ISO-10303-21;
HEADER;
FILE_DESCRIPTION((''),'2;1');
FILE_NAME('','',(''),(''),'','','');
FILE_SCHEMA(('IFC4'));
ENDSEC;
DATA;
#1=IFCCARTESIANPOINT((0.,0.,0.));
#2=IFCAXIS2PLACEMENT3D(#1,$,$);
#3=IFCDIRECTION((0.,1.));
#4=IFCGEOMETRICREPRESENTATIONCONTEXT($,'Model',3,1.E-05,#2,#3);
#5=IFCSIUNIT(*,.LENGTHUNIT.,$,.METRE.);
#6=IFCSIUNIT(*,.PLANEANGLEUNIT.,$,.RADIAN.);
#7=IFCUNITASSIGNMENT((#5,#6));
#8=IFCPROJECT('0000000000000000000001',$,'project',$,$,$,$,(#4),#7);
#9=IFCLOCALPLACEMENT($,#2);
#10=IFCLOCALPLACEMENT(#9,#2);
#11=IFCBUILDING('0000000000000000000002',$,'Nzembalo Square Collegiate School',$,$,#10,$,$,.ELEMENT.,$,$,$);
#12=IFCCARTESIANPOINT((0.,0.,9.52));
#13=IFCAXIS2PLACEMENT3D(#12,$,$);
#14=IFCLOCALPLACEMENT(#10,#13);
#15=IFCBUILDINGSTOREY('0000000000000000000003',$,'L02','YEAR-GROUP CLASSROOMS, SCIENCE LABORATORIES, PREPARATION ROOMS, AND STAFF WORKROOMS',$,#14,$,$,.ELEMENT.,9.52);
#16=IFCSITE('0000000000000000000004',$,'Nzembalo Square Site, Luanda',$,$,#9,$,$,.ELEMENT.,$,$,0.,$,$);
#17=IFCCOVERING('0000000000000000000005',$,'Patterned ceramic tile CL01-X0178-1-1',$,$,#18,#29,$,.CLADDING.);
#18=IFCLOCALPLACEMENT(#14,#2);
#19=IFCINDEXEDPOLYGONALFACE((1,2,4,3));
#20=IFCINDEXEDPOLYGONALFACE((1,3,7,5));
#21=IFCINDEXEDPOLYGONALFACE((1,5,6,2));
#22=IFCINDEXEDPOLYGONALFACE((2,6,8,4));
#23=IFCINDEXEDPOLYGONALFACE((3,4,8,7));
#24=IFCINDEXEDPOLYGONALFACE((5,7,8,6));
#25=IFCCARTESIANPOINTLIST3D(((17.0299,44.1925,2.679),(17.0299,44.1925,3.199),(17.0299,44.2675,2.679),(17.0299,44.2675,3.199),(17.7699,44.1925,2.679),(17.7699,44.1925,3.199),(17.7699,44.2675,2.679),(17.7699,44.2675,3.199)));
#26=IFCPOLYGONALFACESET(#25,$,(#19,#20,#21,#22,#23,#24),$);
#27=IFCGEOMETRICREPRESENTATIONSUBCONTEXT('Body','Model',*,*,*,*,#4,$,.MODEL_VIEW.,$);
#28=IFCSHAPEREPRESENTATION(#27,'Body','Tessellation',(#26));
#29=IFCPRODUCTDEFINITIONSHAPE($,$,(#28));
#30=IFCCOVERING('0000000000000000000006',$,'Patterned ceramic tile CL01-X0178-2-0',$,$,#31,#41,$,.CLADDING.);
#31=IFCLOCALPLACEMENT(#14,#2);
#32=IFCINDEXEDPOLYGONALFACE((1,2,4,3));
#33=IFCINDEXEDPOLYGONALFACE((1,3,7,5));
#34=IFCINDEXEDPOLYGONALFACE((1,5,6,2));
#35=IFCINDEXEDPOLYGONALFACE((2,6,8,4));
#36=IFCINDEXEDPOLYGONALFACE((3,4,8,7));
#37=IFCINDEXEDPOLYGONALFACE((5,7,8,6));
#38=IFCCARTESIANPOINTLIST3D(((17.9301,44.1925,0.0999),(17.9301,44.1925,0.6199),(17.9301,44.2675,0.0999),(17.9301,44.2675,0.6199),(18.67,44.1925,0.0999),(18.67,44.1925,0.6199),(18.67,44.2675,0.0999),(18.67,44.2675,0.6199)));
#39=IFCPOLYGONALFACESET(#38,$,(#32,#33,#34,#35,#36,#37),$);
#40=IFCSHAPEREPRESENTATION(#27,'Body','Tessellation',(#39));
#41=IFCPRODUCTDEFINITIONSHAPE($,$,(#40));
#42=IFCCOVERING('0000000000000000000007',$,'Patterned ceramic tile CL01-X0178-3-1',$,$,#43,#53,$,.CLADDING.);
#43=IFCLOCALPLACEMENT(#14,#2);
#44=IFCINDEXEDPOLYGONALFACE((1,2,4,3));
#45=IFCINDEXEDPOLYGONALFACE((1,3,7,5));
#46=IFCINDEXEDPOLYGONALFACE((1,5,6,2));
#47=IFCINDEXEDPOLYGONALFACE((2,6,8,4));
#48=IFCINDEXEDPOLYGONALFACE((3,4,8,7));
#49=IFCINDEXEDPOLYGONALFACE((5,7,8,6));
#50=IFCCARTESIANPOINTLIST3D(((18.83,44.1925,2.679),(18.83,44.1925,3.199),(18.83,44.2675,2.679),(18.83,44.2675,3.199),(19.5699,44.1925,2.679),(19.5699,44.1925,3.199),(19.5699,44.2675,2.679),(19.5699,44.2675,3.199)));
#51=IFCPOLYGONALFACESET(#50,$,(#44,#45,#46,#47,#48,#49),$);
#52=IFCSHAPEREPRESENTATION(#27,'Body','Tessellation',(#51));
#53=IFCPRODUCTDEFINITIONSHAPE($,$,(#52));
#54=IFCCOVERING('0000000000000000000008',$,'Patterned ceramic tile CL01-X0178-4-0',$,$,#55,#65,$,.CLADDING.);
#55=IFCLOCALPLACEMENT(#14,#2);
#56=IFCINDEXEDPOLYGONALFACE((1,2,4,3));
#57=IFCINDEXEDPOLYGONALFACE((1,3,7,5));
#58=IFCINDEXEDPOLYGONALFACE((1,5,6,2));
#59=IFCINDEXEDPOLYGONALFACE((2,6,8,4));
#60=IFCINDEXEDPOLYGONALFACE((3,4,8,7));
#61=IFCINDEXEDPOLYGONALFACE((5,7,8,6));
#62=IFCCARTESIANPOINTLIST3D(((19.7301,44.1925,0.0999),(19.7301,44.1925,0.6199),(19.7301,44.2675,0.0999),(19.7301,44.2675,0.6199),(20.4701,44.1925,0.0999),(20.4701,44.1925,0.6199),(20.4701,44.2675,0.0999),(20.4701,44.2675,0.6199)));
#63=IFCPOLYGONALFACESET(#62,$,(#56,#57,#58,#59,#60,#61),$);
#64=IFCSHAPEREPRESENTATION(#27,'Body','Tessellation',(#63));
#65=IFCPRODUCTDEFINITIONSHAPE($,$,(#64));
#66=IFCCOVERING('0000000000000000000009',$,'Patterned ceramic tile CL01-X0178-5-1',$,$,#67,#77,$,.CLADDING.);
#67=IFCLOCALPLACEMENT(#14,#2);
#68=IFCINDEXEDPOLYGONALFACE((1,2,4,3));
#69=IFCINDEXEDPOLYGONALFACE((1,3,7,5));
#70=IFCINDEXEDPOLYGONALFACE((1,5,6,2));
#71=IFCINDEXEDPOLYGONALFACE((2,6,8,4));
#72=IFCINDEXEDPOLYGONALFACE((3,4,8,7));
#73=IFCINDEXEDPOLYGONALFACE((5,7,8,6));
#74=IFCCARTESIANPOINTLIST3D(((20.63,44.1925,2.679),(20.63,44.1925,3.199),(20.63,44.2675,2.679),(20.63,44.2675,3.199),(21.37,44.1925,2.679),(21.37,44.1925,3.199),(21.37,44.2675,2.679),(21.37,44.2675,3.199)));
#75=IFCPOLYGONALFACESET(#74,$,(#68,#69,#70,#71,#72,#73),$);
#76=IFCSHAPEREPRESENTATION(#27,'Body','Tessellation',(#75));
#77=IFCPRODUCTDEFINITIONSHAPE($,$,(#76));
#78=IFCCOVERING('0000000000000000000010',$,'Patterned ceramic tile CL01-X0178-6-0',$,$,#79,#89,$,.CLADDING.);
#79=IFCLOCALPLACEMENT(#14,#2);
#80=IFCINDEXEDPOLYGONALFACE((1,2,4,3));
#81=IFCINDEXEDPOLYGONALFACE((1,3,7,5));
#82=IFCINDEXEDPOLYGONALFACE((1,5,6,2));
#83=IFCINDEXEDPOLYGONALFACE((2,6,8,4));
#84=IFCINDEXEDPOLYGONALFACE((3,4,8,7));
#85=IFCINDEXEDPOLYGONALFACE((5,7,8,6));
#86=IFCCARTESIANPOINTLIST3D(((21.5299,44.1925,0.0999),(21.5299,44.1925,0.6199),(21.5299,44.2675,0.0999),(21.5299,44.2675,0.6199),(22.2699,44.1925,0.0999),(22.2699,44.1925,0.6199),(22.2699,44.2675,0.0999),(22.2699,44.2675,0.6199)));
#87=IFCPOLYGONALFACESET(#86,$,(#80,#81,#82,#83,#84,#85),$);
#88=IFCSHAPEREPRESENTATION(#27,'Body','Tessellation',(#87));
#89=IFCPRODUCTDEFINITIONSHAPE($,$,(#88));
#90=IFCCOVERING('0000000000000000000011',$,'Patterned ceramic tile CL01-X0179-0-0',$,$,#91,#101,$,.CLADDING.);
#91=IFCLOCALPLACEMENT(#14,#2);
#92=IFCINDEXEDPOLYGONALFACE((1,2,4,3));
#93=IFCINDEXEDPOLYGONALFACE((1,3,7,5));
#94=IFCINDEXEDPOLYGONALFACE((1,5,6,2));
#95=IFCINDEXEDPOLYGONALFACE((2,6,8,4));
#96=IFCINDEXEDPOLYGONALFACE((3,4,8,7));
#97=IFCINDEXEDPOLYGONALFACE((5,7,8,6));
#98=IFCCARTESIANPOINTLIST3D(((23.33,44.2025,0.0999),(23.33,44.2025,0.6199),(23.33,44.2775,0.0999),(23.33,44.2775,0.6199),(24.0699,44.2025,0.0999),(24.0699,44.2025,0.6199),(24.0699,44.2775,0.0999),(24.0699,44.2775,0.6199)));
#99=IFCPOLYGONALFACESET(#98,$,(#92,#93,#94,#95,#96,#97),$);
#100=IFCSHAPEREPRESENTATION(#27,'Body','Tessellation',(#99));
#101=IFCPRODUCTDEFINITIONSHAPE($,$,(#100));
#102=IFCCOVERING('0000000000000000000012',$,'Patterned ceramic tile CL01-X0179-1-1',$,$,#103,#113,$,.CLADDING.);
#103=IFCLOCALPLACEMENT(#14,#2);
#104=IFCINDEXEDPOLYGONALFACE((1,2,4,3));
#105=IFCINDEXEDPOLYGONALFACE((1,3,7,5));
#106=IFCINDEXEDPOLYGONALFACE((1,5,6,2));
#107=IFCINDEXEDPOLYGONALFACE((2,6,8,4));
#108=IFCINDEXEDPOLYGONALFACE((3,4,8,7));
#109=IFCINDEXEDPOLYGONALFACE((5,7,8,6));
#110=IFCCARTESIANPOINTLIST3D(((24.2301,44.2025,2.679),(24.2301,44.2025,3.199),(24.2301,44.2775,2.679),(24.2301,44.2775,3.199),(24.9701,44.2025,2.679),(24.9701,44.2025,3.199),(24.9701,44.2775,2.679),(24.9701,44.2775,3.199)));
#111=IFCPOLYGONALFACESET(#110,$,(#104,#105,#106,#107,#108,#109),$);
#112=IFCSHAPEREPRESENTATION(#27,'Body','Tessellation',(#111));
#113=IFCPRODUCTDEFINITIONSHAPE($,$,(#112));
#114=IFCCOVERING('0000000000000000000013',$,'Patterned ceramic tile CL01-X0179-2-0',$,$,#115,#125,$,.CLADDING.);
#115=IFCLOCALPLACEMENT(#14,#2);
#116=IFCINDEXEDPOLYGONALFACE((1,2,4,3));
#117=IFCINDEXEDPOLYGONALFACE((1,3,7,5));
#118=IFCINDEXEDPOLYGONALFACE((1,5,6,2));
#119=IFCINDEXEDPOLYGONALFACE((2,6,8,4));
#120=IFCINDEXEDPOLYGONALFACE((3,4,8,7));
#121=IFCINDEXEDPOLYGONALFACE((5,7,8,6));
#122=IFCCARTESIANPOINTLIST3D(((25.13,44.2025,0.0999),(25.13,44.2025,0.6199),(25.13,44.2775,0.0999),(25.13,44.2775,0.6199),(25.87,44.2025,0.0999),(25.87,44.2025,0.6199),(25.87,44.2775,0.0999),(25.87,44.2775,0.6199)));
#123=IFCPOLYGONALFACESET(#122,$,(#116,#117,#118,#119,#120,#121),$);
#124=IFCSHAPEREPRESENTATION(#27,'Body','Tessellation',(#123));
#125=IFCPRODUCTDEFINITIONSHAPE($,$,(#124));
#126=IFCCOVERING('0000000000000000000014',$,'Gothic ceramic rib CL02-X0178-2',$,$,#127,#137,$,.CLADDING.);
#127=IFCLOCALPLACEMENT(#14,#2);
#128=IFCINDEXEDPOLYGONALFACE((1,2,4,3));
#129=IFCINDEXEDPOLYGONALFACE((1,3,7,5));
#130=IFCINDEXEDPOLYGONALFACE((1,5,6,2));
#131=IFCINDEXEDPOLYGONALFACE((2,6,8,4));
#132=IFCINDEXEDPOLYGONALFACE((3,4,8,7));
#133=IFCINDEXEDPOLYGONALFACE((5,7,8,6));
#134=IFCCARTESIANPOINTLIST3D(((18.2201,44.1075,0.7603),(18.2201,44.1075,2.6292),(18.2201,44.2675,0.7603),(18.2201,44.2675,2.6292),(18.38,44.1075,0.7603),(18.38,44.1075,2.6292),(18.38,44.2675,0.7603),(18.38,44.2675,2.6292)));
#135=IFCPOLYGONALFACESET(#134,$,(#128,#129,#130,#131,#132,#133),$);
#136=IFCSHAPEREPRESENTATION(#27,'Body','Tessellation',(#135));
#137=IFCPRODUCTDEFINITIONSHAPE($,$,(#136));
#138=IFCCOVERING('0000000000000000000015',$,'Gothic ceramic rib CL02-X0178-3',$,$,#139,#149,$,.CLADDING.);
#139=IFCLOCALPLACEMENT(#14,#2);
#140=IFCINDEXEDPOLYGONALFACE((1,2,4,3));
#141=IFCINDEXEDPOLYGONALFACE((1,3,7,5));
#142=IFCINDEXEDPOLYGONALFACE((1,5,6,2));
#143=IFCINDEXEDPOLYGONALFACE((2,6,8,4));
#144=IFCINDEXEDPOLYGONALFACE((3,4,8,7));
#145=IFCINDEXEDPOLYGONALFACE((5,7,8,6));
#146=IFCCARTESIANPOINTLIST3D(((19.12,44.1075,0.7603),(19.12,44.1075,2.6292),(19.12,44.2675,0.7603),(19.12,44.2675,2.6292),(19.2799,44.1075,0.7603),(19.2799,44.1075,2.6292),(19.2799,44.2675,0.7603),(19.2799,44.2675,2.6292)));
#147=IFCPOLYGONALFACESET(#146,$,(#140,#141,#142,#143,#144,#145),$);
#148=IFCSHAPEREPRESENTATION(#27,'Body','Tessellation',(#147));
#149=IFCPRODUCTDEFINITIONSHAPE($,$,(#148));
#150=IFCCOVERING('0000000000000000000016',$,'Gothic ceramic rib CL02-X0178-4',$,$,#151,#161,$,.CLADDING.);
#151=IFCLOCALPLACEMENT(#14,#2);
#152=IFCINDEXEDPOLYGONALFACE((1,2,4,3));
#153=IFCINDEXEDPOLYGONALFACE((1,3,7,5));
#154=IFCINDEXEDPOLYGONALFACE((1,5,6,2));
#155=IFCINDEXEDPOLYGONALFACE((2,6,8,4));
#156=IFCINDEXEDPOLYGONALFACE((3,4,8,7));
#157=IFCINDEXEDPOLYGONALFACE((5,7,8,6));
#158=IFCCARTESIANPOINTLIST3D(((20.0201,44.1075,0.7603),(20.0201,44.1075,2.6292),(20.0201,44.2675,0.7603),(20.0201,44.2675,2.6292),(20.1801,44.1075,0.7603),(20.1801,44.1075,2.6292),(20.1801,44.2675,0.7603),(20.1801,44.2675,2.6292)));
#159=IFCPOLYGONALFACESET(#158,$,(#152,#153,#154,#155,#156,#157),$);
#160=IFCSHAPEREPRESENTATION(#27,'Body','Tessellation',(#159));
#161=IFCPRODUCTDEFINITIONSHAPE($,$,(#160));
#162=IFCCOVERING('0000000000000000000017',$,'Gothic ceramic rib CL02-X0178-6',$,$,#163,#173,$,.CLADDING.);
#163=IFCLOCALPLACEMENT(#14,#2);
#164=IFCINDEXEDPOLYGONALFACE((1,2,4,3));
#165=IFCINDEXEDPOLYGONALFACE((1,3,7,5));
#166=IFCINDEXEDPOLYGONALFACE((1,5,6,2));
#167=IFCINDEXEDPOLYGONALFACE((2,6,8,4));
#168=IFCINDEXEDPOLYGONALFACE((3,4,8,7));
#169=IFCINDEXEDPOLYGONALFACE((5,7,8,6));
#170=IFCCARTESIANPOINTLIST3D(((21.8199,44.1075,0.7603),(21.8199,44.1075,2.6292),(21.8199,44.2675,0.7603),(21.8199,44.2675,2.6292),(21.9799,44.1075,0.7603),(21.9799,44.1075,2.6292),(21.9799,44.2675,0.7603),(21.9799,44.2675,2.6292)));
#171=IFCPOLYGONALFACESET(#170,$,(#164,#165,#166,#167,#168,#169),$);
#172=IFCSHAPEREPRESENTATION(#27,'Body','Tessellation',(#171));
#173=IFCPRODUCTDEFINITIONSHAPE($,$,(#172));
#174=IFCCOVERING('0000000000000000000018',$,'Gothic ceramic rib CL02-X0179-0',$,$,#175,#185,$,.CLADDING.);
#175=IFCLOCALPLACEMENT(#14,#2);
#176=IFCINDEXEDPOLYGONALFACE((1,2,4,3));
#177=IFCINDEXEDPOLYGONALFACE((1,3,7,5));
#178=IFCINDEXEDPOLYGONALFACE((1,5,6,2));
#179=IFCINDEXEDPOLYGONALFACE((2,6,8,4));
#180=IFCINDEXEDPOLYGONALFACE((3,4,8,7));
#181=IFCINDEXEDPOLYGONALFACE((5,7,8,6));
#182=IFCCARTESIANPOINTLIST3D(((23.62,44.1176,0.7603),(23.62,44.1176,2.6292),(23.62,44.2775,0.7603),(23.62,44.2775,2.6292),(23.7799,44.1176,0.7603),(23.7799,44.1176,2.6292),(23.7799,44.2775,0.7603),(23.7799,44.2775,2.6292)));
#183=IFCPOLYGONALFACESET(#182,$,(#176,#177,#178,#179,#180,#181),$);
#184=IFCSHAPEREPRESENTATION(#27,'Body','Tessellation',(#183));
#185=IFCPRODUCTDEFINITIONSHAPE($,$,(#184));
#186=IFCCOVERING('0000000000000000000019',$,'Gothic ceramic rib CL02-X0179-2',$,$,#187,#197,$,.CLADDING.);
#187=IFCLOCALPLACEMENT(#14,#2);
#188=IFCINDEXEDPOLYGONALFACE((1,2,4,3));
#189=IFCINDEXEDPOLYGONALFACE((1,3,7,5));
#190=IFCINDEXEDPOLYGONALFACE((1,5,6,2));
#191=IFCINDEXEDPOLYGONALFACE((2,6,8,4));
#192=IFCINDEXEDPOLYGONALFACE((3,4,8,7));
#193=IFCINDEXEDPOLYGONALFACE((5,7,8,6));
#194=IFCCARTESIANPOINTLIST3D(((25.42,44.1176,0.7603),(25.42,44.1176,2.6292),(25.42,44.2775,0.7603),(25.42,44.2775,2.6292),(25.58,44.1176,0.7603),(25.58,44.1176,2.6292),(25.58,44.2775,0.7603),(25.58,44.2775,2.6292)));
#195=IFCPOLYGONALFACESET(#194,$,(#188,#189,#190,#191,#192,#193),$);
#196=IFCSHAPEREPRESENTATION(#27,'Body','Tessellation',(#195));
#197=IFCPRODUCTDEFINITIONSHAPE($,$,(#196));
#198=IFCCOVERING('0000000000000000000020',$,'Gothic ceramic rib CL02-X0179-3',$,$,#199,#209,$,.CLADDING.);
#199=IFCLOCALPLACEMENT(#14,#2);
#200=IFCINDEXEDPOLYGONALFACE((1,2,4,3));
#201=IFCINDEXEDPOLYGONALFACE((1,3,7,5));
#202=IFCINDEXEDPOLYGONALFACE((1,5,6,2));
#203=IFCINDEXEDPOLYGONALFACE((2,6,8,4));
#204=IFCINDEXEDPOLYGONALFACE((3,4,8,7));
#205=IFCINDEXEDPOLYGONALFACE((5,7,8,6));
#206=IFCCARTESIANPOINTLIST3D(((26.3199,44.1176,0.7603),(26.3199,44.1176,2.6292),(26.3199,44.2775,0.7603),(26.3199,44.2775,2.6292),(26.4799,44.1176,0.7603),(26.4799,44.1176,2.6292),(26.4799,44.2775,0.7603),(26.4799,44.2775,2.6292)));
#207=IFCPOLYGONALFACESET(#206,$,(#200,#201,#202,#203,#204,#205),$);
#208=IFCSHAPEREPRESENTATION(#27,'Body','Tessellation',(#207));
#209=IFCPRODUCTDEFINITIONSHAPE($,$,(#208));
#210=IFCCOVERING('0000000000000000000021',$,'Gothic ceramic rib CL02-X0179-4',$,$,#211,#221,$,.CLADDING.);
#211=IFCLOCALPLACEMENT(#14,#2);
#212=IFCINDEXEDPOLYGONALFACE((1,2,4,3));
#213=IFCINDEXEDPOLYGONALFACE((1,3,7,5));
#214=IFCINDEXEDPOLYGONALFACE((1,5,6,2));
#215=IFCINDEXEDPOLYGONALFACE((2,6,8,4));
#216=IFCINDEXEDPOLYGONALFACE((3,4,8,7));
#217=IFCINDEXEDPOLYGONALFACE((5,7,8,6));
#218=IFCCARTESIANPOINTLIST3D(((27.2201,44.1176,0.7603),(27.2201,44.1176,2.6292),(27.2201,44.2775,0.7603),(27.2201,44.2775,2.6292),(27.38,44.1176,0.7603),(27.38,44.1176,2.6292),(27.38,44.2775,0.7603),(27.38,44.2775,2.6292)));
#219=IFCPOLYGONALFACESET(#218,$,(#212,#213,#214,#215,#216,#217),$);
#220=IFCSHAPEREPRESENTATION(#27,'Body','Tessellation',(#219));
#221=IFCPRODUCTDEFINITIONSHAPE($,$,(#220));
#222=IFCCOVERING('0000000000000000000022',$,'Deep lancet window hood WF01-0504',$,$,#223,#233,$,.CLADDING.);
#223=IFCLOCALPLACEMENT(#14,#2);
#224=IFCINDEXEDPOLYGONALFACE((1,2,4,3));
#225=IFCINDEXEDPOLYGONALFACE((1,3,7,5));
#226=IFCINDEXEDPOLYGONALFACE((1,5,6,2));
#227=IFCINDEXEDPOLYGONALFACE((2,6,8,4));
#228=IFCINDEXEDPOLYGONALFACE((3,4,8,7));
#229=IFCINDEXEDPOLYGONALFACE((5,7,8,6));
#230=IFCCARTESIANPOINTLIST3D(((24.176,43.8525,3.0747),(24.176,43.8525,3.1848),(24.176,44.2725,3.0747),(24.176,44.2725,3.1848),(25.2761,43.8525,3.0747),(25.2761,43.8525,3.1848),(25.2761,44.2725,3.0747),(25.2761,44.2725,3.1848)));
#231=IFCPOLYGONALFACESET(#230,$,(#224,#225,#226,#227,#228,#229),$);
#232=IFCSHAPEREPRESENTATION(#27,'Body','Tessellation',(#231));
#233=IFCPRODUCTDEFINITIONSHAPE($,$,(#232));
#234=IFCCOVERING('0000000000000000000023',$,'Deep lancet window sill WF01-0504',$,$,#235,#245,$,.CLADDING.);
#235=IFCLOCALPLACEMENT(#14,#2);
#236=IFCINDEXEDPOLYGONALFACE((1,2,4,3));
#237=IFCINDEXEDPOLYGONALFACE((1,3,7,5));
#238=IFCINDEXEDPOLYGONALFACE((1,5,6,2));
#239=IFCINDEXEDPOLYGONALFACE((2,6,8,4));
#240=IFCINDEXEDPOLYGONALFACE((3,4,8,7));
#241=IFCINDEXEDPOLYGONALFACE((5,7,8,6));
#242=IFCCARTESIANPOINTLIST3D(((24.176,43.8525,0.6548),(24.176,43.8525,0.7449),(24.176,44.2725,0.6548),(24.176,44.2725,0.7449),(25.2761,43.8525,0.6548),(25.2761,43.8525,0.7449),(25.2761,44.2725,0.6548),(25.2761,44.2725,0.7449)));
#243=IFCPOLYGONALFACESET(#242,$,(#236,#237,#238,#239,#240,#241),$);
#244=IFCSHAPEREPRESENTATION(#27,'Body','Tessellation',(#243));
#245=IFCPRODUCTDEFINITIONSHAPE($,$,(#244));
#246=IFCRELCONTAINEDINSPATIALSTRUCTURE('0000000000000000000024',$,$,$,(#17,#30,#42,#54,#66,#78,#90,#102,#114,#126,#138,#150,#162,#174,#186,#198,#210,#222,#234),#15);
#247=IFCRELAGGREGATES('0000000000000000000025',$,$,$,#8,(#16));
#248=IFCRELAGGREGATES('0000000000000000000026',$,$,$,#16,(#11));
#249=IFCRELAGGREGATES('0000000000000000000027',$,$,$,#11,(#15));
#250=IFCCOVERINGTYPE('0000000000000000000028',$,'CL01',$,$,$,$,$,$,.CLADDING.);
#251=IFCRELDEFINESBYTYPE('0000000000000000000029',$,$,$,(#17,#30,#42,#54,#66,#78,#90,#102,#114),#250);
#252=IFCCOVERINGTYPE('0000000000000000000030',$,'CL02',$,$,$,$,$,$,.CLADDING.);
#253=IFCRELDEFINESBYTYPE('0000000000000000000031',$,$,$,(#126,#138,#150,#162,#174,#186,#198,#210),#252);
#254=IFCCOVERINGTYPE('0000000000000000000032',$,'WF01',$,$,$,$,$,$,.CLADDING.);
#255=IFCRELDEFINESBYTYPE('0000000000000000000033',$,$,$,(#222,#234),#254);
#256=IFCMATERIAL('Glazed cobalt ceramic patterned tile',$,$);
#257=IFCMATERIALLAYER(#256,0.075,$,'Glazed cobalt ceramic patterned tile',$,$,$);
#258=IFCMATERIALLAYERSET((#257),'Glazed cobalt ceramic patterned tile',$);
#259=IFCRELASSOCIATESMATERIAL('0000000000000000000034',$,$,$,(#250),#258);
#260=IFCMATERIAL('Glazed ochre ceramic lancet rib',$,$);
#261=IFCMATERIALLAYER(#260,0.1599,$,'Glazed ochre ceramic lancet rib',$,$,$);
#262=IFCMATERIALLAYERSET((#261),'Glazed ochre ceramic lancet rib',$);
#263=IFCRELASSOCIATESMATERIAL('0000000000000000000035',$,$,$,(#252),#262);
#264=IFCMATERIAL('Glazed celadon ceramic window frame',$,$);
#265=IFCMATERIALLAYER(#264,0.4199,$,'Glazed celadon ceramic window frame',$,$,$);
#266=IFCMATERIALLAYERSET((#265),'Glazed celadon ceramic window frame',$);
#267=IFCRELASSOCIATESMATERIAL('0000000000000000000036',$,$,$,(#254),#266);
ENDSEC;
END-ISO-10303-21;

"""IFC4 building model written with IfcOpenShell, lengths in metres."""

from ifc_helpers import new_model, si_unit, direction, frame, origin, origin_2d, place, context, subcontext, project, spatial, rectangle, extrude, material, layer, layer_set, type_object, element, save


model = new_model("IFC4")

# Units and contexts
model_context = context("Model", 3, precision=1e-05, world=origin(), true_north=direction((0.0, 1.0)))
body_context = subcontext(model_context, "Body", "Model", "MODEL_VIEW")
ifc_project = project(units=[si_unit("LENGTHUNIT", "METRE"), si_unit("PLANEANGLEUNIT", "RADIAN")], contexts=[model_context])

# Site, building, storey
site_placement = place(None, origin())
site = spatial("IfcSite", under=ifc_project, at=site_placement, Name="Nzembalo Square Site, Luanda", CompositionType="ELEMENT", RefElevation=0.0)
building_placement = place(site_placement, origin())
building = spatial("IfcBuilding", under=site, at=building_placement, Name="Nzembalo Square Collegiate School", CompositionType="ELEMENT")
storey_placement = place(building_placement, frame((0.0, 0.0, 9.52)))
storey = spatial("IfcBuildingStorey", under=building, at=storey_placement, Name="L02", Description="YEAR-GROUP CLASSROOMS, SCIENCE LABORATORIES, PREPARATION ROOMS, AND STAFF WORKROOMS", CompositionType="ELEMENT", Elevation=9.52)

# Coverings
ifc_material_1 = material(Name="Glazed cobalt ceramic patterned tile")
ifc_layer_1 = layer(ifc_material_1, 0.075, Name="Glazed cobalt ceramic patterned tile")
ifc_layer_set_1 = layer_set([ifc_layer_1], Name="Glazed cobalt ceramic patterned tile")
covering_type_1 = type_object("IfcCoveringType", Name="CL01", PredefinedType="CLADDING", material=ifc_layer_set_1)
for number, where, z_axis, x_axis, name in (
    (1, (17.3999, 44.23, 2.679), (0.0, 0.0, 1.0), (1.0, 0.0, 0.0), "Patterned ceramic tile CL01-X0178-1-1"),
    (2, (18.3, 44.23, 0.0999), (0.0, 0.0, 1.0), (1.0, 0.0, 0.0), "Patterned ceramic tile CL01-X0178-2-0"),
    (3, (19.2, 44.23, 2.679), (0.0, 0.0, 1.0), (1.0, 0.0, 0.0), "Patterned ceramic tile CL01-X0178-3-1"),
    (4, (20.1001, 44.23, 0.0999), (0.0, 0.0, 1.0), (1.0, 0.0, 0.0), "Patterned ceramic tile CL01-X0178-4-0"),
    (5, (21.0, 44.23, 2.679), (0.0, 0.0, 1.0), (1.0, 0.0, 0.0), "Patterned ceramic tile CL01-X0178-5-1"),
    (6, (21.8999, 44.23, 0.0999), (0.0, 0.0, 1.0), (1.0, 0.0, 0.0), "Patterned ceramic tile CL01-X0178-6-0"),
    (7, (23.7, 44.24, 0.0999), (0.0, 0.0, 1.0), (1.0, 0.0, 0.0), "Patterned ceramic tile CL01-X0179-0-0"),
    (8, (24.6001, 44.24, 2.679), (0.0, 0.0, 1.0), (1.0, 0.0, 0.0), "Patterned ceramic tile CL01-X0179-1-1"),
    (9, (25.5, 44.24, 0.0999), (0.0, 0.0, 1.0), (1.0, 0.0, 0.0), "Patterned ceramic tile CL01-X0179-2-0"),
):
    element("IfcCovering", number, at=place(storey_placement, frame(where, z_axis=z_axis, x_axis=x_axis)), inside=storey, type_object=covering_type_1, Name=name, PredefinedType="CLADDING", context=body_context, shape_type="SweptSolid", body=[
        extrude(rectangle(XDim=0.74, YDim=0.075, at=origin_2d()), origin(), (0.0, 0.0, 1.0), 0.52),
    ])
ifc_material_2 = material(Name="Glazed ochre ceramic lancet rib")
ifc_layer_2 = layer(ifc_material_2, 0.1599, Name="Glazed ochre ceramic lancet rib")
ifc_layer_set_2 = layer_set([ifc_layer_2], Name="Glazed ochre ceramic lancet rib")
covering_type_2 = type_object("IfcCoveringType", Name="CL02", PredefinedType="CLADDING", material=ifc_layer_set_2)
for number, where, z_axis, x_axis, name in (
    (10, (18.3, 44.1875, 0.7603), (0.0, 0.0, 1.0), (1.0, 0.0, 0.0), "Gothic ceramic rib CL02-X0178-2"),
    (11, (19.2, 44.1875, 0.7603), (0.0, 0.0, 1.0), (1.0, 0.0, 0.0), "Gothic ceramic rib CL02-X0178-3"),
    (12, (20.1001, 44.1875, 0.7603), (0.0, 0.0, 1.0), (1.0, 0.0, 0.0), "Gothic ceramic rib CL02-X0178-4"),
    (13, (21.8999, 44.1875, 0.7603), (0.0, 0.0, 1.0), (1.0, 0.0, 0.0), "Gothic ceramic rib CL02-X0178-6"),
    (14, (23.7, 44.1975, 0.7603), (0.0, 0.0, 1.0), (1.0, 0.0, 0.0), "Gothic ceramic rib CL02-X0179-0"),
    (15, (25.5, 44.1975, 0.7603), (0.0, 0.0, 1.0), (1.0, 0.0, 0.0), "Gothic ceramic rib CL02-X0179-2"),
    (16, (26.3999, 44.1975, 0.7603), (0.0, 0.0, 1.0), (1.0, 0.0, 0.0), "Gothic ceramic rib CL02-X0179-3"),
    (17, (27.3, 44.1975, 0.7603), (0.0, 0.0, 1.0), (1.0, 0.0, 0.0), "Gothic ceramic rib CL02-X0179-4"),
):
    element("IfcCovering", number, at=place(storey_placement, frame(where, z_axis=z_axis, x_axis=x_axis)), inside=storey, type_object=covering_type_2, Name=name, PredefinedType="CLADDING", context=body_context, shape_type="SweptSolid", body=[
        extrude(rectangle(XDim=0.1599, YDim=0.1599, at=origin_2d()), origin(), (0.0, 0.0, 1.0), 1.8689),
    ])
ifc_material_3 = material(Name="Glazed celadon ceramic window frame")
ifc_layer_3 = layer(ifc_material_3, 0.4199, Name="Glazed celadon ceramic window frame")
ifc_layer_set_3 = layer_set([ifc_layer_3], Name="Glazed celadon ceramic window frame")
covering_type_3 = type_object("IfcCoveringType", Name="WF01", PredefinedType="CLADDING", material=ifc_layer_set_3)
covering_1_placement = place(storey_placement, frame((24.7261, 44.0625, 3.0747), z_axis=(0.0, 0.0, 1.0), x_axis=(1.0, 0.0, 0.0)))
element("IfcCovering", 18, at=covering_1_placement, inside=storey, type_object=covering_type_3, Name="Deep lancet window hood WF01-0504", PredefinedType="CLADDING", context=body_context, shape_type="SweptSolid", body=[
    extrude(rectangle(XDim=1.1001, YDim=0.4199, at=origin_2d()), origin(), (0.0, 0.0, 1.0), 0.1101),
])
covering_2_placement = place(storey_placement, frame((24.7261, 44.0625, 0.6548), z_axis=(0.0, 0.0, 1.0), x_axis=(1.0, 0.0, 0.0)))
element("IfcCovering", 19, at=covering_2_placement, inside=storey, type_object=covering_type_3, Name="Deep lancet window sill WF01-0504", PredefinedType="CLADDING", context=body_context, shape_type="SweptSolid", body=[
    extrude(rectangle(XDim=1.1001, YDim=0.4199, at=origin_2d()), origin(), (0.0, 0.0, 1.0), 0.0901),
])

save(model, "model.ifc")
